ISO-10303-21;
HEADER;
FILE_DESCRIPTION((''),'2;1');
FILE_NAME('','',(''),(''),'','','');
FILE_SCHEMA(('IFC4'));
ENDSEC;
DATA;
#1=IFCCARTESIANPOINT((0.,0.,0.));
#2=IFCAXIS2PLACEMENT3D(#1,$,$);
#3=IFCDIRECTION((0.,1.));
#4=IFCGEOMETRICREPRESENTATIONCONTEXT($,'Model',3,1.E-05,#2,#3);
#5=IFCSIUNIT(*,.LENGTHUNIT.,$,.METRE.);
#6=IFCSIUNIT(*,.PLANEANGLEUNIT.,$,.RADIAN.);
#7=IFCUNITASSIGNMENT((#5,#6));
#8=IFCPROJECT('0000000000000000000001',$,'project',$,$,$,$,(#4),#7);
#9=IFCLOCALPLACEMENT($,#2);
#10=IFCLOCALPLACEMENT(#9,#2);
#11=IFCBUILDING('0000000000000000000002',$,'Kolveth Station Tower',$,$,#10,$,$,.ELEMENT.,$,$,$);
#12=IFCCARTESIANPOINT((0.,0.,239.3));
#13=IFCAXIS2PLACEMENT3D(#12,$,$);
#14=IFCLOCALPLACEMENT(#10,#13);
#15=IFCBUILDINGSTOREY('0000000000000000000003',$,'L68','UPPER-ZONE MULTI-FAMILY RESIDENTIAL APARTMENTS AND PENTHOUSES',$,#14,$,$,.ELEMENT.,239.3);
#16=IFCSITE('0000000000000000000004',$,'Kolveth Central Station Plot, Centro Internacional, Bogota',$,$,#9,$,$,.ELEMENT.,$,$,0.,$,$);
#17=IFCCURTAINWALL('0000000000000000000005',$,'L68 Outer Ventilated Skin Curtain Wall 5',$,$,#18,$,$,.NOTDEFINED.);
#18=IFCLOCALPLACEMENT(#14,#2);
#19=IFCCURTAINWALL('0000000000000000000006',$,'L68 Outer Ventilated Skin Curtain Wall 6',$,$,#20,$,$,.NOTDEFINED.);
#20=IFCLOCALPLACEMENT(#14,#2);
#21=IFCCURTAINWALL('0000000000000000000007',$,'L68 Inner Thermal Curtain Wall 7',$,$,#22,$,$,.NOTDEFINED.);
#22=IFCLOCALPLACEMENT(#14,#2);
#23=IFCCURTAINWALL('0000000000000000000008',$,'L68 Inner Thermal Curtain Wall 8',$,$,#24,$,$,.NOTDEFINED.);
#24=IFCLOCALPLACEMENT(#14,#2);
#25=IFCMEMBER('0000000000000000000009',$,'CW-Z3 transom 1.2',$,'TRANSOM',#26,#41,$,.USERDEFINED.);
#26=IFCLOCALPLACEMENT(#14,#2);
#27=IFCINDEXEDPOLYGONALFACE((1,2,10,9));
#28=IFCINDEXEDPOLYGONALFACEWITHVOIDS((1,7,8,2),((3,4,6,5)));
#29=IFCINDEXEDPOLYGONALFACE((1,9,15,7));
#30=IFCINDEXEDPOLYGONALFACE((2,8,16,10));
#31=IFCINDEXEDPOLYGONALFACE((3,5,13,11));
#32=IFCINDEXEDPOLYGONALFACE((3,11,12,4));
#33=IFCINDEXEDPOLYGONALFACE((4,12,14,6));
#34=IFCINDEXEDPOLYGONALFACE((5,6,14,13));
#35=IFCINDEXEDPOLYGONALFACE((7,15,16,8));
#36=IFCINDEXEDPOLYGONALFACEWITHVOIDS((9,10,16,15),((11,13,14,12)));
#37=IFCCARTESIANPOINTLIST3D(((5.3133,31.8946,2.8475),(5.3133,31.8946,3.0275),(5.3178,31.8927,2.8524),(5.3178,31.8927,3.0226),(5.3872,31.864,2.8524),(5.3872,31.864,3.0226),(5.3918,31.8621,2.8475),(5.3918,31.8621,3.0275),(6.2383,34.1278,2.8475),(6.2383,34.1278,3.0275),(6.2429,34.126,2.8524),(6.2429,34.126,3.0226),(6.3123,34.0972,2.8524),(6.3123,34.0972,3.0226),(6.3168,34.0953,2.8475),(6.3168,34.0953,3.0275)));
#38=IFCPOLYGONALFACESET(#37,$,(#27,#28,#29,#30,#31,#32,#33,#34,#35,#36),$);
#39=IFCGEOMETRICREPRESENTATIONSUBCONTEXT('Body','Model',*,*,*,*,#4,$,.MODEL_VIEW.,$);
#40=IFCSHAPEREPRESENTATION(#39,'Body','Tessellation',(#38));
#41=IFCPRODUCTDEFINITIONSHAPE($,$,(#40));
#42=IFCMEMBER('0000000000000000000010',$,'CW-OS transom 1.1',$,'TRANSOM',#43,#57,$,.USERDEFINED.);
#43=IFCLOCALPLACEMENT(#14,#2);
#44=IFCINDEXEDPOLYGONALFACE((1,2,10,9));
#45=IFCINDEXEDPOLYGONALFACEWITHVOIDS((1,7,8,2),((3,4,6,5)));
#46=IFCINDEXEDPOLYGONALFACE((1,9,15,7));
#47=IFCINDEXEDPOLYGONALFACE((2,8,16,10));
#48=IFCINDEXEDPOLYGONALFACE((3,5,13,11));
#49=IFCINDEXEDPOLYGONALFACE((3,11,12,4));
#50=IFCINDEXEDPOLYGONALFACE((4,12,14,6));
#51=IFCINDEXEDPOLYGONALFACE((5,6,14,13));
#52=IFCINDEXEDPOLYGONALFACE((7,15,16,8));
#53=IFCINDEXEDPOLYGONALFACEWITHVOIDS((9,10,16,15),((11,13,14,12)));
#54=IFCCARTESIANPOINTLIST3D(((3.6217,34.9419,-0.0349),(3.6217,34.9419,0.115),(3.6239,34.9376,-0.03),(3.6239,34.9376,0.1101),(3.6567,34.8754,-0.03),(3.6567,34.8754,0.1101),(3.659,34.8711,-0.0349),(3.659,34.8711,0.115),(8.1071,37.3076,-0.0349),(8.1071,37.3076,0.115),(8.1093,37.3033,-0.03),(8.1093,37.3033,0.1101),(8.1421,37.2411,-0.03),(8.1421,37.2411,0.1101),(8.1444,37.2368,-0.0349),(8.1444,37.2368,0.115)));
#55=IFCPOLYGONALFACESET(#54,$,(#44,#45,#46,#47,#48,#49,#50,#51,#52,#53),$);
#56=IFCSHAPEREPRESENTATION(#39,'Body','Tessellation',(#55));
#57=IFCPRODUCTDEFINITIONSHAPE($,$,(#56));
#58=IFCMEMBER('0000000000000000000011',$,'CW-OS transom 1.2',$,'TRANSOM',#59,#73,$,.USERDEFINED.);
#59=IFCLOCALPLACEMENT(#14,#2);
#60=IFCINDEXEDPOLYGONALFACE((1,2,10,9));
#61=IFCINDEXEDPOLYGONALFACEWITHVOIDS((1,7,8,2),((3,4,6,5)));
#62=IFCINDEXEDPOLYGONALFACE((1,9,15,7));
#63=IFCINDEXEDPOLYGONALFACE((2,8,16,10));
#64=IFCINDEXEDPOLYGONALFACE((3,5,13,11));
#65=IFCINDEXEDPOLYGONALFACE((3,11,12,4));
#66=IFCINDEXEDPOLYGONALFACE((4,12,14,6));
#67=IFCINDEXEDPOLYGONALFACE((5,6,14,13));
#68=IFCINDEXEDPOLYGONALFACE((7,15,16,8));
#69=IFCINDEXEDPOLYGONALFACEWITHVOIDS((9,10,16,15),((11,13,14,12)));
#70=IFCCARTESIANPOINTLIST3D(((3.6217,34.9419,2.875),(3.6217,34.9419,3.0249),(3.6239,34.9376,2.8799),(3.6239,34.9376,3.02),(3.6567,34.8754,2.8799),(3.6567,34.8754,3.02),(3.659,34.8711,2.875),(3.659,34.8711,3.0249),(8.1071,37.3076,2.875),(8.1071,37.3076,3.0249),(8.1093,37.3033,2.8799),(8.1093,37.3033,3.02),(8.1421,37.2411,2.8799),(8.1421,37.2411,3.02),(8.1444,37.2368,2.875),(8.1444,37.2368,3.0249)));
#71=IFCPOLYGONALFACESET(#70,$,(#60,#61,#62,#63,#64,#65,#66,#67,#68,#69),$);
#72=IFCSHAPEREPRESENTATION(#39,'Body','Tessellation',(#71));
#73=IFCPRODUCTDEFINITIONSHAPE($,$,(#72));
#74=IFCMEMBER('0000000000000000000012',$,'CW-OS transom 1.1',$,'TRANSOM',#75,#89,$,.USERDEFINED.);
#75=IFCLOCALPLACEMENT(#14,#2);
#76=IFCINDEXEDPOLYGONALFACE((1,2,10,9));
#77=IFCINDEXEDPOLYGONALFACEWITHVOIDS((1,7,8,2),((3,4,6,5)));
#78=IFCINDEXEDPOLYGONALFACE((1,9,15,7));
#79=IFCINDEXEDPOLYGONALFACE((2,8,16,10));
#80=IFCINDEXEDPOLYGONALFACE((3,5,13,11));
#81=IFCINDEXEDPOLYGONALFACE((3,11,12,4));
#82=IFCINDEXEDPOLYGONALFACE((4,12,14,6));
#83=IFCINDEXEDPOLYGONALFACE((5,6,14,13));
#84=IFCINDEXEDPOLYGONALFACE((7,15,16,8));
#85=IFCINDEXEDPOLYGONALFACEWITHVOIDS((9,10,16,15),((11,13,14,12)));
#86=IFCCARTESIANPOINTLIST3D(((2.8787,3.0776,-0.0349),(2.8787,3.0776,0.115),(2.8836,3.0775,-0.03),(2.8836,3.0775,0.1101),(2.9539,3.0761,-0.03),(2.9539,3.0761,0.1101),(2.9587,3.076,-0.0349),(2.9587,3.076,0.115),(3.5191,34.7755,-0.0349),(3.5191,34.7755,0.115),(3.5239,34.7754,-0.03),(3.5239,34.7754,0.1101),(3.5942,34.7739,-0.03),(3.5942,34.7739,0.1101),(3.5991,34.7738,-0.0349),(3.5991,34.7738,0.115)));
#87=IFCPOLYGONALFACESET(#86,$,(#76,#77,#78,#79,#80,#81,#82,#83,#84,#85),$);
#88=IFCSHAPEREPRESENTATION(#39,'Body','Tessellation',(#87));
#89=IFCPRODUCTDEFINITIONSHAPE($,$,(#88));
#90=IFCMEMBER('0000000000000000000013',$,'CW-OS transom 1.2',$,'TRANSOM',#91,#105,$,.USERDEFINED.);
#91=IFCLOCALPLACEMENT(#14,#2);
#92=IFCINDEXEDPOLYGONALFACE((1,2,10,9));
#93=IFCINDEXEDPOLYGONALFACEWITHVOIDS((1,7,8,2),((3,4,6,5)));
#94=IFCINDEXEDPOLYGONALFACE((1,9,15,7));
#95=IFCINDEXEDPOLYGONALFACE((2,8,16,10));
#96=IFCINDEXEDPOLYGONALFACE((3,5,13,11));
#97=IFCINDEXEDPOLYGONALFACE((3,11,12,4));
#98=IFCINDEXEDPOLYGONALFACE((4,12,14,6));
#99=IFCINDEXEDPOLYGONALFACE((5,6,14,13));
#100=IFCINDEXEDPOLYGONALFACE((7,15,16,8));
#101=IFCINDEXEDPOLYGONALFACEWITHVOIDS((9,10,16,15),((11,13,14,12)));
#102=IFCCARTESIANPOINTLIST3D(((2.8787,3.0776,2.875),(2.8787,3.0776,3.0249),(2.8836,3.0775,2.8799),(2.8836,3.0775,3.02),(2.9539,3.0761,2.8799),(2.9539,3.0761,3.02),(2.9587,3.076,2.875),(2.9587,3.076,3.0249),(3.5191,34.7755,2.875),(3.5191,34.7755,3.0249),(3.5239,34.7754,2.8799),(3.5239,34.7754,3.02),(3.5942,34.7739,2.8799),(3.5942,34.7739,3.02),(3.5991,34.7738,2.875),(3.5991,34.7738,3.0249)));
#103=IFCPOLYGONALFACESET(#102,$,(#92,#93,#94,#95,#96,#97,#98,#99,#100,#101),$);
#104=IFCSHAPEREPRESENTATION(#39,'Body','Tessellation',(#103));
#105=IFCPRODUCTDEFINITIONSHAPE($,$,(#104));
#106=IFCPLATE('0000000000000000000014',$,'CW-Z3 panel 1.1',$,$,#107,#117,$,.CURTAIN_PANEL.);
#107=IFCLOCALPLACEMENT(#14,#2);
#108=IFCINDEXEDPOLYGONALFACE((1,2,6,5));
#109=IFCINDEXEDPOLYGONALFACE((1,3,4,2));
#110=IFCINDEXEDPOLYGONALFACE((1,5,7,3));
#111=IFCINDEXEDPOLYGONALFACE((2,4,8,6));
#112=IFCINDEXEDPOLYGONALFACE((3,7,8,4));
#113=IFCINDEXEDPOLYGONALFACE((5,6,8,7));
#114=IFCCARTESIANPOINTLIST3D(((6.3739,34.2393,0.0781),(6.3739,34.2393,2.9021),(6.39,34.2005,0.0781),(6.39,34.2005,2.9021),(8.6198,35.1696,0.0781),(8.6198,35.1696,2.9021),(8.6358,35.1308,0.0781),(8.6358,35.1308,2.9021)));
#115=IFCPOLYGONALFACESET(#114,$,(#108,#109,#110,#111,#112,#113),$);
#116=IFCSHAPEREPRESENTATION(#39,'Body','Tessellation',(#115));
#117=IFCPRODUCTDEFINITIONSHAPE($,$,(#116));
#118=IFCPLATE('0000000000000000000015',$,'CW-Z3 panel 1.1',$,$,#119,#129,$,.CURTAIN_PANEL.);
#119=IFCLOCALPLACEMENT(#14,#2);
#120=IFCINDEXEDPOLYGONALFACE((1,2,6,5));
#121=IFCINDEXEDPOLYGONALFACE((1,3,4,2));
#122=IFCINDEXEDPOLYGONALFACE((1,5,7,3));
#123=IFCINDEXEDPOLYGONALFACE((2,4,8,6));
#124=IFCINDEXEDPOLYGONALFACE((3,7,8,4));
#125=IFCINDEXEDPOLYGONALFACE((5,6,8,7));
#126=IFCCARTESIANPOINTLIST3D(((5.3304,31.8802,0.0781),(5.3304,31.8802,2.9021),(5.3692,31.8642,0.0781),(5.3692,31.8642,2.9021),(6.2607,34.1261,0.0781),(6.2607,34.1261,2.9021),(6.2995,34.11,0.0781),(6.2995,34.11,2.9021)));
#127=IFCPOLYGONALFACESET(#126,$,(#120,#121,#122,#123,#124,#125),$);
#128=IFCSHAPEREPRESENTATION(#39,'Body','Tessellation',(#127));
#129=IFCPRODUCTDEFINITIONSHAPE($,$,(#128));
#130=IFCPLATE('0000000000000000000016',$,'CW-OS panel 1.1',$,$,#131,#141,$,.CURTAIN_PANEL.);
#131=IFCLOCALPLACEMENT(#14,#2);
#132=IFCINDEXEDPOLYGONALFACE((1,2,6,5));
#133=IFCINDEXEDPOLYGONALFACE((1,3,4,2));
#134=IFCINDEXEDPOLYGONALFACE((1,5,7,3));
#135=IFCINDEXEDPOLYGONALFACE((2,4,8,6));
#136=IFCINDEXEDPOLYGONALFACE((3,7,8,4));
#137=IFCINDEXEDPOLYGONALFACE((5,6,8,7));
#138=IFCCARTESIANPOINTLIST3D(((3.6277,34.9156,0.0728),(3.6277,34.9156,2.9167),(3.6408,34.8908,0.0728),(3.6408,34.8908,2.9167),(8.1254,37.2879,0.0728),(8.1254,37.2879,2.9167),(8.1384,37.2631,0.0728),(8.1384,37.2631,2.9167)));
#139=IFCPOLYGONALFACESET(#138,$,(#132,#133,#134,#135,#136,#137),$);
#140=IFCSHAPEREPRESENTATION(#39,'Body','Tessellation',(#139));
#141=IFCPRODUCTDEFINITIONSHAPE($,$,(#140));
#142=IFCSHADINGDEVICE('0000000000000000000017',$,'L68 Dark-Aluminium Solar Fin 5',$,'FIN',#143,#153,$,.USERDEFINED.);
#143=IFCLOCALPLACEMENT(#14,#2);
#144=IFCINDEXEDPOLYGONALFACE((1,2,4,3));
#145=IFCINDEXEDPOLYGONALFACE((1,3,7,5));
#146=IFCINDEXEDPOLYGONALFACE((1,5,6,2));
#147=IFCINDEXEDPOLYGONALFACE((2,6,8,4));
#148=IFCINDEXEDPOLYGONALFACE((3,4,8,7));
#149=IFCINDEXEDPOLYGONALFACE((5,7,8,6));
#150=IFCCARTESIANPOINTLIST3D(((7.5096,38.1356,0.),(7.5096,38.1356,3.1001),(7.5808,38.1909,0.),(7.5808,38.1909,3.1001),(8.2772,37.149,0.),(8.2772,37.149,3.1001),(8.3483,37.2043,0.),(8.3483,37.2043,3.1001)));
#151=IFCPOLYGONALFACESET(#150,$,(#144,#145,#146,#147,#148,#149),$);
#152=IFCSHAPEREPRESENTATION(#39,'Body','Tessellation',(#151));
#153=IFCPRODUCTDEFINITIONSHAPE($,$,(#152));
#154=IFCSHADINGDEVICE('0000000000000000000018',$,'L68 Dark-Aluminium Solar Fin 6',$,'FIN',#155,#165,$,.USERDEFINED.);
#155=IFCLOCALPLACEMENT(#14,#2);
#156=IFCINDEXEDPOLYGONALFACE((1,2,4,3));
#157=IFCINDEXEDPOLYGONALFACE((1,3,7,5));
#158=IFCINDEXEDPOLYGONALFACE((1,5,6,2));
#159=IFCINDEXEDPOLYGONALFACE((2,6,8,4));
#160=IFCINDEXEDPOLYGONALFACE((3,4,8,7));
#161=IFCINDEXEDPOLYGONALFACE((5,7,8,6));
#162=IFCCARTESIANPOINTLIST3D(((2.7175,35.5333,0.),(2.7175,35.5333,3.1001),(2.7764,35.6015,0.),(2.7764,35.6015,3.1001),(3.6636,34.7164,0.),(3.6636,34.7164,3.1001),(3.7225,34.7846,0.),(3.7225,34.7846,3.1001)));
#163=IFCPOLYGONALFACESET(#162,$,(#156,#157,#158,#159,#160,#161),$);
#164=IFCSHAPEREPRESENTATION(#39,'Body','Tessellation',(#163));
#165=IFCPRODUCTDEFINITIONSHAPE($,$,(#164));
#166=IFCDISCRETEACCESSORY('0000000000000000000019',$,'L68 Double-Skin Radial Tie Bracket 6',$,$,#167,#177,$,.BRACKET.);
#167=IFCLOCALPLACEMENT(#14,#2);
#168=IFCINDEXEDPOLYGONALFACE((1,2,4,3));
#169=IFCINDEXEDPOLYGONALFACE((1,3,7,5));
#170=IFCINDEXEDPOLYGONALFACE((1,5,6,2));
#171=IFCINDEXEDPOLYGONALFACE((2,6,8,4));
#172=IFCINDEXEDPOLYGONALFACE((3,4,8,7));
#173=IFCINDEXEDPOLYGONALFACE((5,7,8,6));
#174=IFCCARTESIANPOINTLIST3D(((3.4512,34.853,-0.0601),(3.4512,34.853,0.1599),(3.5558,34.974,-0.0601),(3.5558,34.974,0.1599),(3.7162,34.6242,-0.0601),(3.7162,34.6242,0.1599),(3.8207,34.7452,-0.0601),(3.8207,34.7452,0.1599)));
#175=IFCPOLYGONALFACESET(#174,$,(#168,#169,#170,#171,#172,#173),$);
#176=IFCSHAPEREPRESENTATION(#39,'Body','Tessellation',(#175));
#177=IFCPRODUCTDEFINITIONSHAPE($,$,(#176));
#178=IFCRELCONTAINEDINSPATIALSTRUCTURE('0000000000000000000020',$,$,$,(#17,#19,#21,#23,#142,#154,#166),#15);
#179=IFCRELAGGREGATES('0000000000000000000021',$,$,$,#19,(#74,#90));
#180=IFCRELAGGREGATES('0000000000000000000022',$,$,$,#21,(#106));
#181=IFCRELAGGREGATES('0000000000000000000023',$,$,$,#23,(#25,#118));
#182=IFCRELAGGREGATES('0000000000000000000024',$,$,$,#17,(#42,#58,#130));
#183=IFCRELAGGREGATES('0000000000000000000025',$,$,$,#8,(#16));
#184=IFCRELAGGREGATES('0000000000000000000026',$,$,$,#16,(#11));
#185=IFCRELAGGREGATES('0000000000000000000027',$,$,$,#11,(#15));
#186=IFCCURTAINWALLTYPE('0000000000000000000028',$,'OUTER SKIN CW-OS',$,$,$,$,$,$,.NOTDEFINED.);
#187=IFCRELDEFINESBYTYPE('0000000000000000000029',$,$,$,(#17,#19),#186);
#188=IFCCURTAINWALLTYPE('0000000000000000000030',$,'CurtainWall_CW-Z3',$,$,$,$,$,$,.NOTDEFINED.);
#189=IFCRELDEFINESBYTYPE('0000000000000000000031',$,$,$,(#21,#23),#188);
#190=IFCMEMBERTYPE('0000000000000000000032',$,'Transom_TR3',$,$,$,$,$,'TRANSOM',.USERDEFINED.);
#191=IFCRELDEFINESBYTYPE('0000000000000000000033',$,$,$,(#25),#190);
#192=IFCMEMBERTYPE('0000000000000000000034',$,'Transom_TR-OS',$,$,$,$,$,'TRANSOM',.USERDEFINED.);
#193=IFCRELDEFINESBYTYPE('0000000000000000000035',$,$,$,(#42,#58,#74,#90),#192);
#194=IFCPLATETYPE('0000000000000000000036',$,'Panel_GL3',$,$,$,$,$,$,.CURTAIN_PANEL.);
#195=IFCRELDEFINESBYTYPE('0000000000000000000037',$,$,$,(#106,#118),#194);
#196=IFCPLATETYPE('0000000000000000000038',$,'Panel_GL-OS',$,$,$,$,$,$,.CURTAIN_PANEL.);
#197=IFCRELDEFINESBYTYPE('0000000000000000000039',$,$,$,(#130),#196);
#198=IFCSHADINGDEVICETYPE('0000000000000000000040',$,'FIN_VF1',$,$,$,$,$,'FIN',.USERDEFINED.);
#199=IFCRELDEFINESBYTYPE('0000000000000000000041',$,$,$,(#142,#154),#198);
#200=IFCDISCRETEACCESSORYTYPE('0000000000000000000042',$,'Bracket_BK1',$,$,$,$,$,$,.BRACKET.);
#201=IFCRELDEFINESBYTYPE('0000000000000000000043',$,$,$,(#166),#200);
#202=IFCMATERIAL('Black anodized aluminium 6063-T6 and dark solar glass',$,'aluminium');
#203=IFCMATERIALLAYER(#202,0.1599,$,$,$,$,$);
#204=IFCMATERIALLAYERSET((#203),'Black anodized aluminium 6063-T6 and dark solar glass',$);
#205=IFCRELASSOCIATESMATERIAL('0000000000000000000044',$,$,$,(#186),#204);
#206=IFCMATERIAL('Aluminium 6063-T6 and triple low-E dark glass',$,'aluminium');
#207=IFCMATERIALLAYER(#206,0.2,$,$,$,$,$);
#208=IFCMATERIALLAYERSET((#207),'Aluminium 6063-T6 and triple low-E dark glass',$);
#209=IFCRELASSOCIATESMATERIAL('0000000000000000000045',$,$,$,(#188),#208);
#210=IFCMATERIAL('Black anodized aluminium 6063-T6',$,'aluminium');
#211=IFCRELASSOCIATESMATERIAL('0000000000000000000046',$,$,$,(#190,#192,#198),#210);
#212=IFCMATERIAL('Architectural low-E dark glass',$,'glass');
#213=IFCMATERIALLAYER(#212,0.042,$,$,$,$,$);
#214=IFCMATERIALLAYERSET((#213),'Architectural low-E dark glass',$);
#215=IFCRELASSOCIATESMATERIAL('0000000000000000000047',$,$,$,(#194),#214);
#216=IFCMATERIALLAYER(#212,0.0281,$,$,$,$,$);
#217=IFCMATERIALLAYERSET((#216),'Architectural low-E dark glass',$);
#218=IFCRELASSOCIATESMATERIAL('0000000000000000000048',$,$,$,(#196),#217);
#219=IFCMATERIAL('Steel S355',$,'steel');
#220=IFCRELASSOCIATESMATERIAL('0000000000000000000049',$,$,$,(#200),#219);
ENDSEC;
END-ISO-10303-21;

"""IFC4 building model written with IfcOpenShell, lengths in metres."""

from ifc_helpers import new_model, si_unit, direction, frame, origin, origin_2d, place, context, subcontext, project, spatial, rectangle, hollow_rectangle, extrude, source, transform, mapped, material, layer, layer_set, material_profile, profile_set, type_object, element, aggregate, save


model = new_model("IFC4")

# Units and contexts
model_context = context("Model", 3, precision=1e-05, world=origin(), true_north=direction((0.0, 1.0)))
body_context = subcontext(model_context, "Body", "Model", "MODEL_VIEW")
ifc_project = project(units=[si_unit("LENGTHUNIT", "METRE"), si_unit("PLANEANGLEUNIT", "RADIAN")], contexts=[model_context])

# Site, building, storey
site_placement = place(None, origin())
site = spatial("IfcSite", under=ifc_project, at=site_placement, Name="Kolveth Central Station Plot, Centro Internacional, Bogota", CompositionType="ELEMENT", RefElevation=0.0)
building_placement = place(site_placement, origin())
building = spatial("IfcBuilding", under=site, at=building_placement, Name="Kolveth Station Tower", CompositionType="ELEMENT")
storey_placement = place(building_placement, frame((0.0, 0.0, 239.3)))
storey = spatial("IfcBuildingStorey", under=building, at=storey_placement, Name="L68", Description="UPPER-ZONE MULTI-FAMILY RESIDENTIAL APARTMENTS AND PENTHOUSES", CompositionType="ELEMENT", Elevation=239.3)

# Curtain wall
ifc_material_1 = material(Name="Black anodized aluminium 6063-T6 and dark solar glass", Category="aluminium")
ifc_layer_1 = layer(ifc_material_1, 0.1599)
ifc_layer_set_1 = layer_set([ifc_layer_1], Name="Black anodized aluminium 6063-T6 and dark solar glass")
curtain_wall_type_1 = type_object("IfcCurtainWallType", Name="OUTER SKIN CW-OS", PredefinedType="NOTDEFINED", material=ifc_layer_set_1)
curtain_wall_1_placement = place(storey_placement, origin())
curtain_wall_1 = element("IfcCurtainWall", 1, at=curtain_wall_1_placement, inside=storey, type_object=curtain_wall_type_1, Name="L68 Outer Ventilated Skin Curtain Wall 5", PredefinedType="NOTDEFINED")
ifc_material_2 = material(Name="Black anodized aluminium 6063-T6", Category="aluminium")

# Curtain walls
curtain_wall_2_placement = place(storey_placement, origin())
curtain_wall_2 = element("IfcCurtainWall", 2, at=curtain_wall_2_placement, inside=storey, type_object=curtain_wall_type_1, Name="L68 Outer Ventilated Skin Curtain Wall 6", PredefinedType="NOTDEFINED")
ifc_material_3 = material(Name="Aluminium 6063-T6 and triple low-E dark glass", Category="aluminium")
ifc_layer_2 = layer(ifc_material_3, 0.2)
ifc_layer_set_2 = layer_set([ifc_layer_2], Name="Aluminium 6063-T6 and triple low-E dark glass")
curtain_wall_type_2 = type_object("IfcCurtainWallType", Name="CurtainWall_CW-Z3", PredefinedType="NOTDEFINED", material=ifc_layer_set_2)
curtain_wall_3_placement = place(storey_placement, origin())
curtain_wall_3 = element("IfcCurtainWall", 3, at=curtain_wall_3_placement, inside=storey, type_object=curtain_wall_type_2, Name="L68 Inner Thermal Curtain Wall 7", PredefinedType="NOTDEFINED")

# Curtain wall
curtain_wall_4_placement = place(storey_placement, origin())
curtain_wall_4 = element("IfcCurtainWall", 4, at=curtain_wall_4_placement, inside=storey, type_object=curtain_wall_type_2, Name="L68 Inner Thermal Curtain Wall 8", PredefinedType="NOTDEFINED")
ifc_material_profile_1 = material_profile(ifc_material_2, hollow_rectangle(XDim=0.085, YDim=0.1799, WallThickness=0.0049, at=origin_2d()), Name="ALU-85x180x5")
ifc_profile_set_1 = profile_set([ifc_material_profile_1], Name="Black anodized aluminium 6063-T6")
member_type_1 = type_object("IfcMemberType", Name="Transom_TR3", ElementType="TRANSOM", PredefinedType="USERDEFINED", material=ifc_profile_set_1)

# Members
shared_shape_1 = source(origin(), body_context, "Body", "SweptSolid", [
    extrude(hollow_rectangle(XDim=0.085, YDim=0.1799, WallThickness=0.0049, at=origin_2d()), origin(), (0.0, 0.0, 1.0), 2.4172),
])
member_1_placement = place(storey_placement, frame((6.2776, 34.1116, 2.9375), z_axis=(-0.3827, -0.923873, 0.0), x_axis=(0.923873, -0.3827, 0.0)))
member_1 = element("IfcMember", 5, at=member_1_placement, type_object=member_type_1, Name="CW-Z3 transom 1.2", ObjectType="TRANSOM", PredefinedType="USERDEFINED", context=body_context, shape_type="MappedRepresentation", body=[
    mapped(shared_shape_1, transform((0.0, 0.0, 0.0), x_axis=(1.0, 0.0, 0.0), y_axis=(0.0, 1.0, 0.0), z_axis=(0.0, 0.0, 1.0), scale=1.0)),
])
ifc_material_profile_2 = material_profile(ifc_material_2, hollow_rectangle(XDim=0.0801, YDim=0.1499, WallThickness=0.0049, at=origin_2d()), Name="ALU-80x150x5")
ifc_profile_set_2 = profile_set([ifc_material_profile_2], Name="Black anodized aluminium 6063-T6")
member_type_2 = type_object("IfcMemberType", Name="Transom_TR-OS", ElementType="TRANSOM", PredefinedType="USERDEFINED", material=ifc_profile_set_2)
shared_shape_2 = source(origin(), body_context, "Body", "SweptSolid", [
    extrude(hollow_rectangle(XDim=0.0801, YDim=0.1499, WallThickness=0.0049, at=origin_2d()), origin(), (0.0, 0.0, 1.0), 5.071),
])
member_2_placement = place(storey_placement, frame((8.1257, 37.2722, 0.04), z_axis=(-0.884511, -0.46652, 0.0), x_axis=(0.46652, -0.884511, 0.0)))
member_2 = element("IfcMember", 6, at=member_2_placement, type_object=member_type_2, Name="CW-OS transom 1.1", ObjectType="TRANSOM", PredefinedType="USERDEFINED", context=body_context, shape_type="MappedRepresentation", body=[
    mapped(shared_shape_2, transform((0.0, 0.0, 0.0), x_axis=(1.0, 0.0, 0.0), y_axis=(0.0, 1.0, 0.0), z_axis=(0.0, 0.0, 1.0), scale=1.0)),
])
member_3_placement = place(storey_placement, frame((8.1257, 37.2722, 2.95), z_axis=(-0.884511, -0.46652, 0.0), x_axis=(0.46652, -0.884511, 0.0)))
member_3 = element("IfcMember", 7, at=member_3_placement, type_object=member_type_2, Name="CW-OS transom 1.2", ObjectType="TRANSOM", PredefinedType="USERDEFINED", context=body_context, shape_type="MappedRepresentation", body=[
    mapped(shared_shape_2, transform((0.0, 0.0, 0.0), x_axis=(1.0, 0.0, 0.0), y_axis=(0.0, 1.0, 0.0), z_axis=(0.0, 0.0, 1.0), scale=1.0)),
])
shared_shape_3 = source(origin(), body_context, "Body", "SweptSolid", [
    extrude(hollow_rectangle(XDim=0.0801, YDim=0.1499, WallThickness=0.0049, at=origin_2d()), origin(), (0.0, 0.0, 1.0), 31.7043),
])
member_4_placement = place(storey_placement, frame((3.5591, 34.7747, 0.04), z_axis=(-0.020198, -0.999796, 0.0), x_axis=(0.999796, -0.020198, 0.0)))
member_4 = element("IfcMember", 8, at=member_4_placement, type_object=member_type_2, Name="CW-OS transom 1.1", ObjectType="TRANSOM", PredefinedType="USERDEFINED", context=body_context, shape_type="MappedRepresentation", body=[
    mapped(shared_shape_3, transform((0.0, 0.0, 0.0), x_axis=(1.0, 0.0, 0.0), y_axis=(0.0, 1.0, 0.0), z_axis=(0.0, 0.0, 1.0), scale=1.0)),
])
member_5_placement = place(storey_placement, frame((3.5591, 34.7747, 2.95), z_axis=(-0.020198, -0.999796, 0.0), x_axis=(0.999796, -0.020198, 0.0)))
member_5 = element("IfcMember", 9, at=member_5_placement, type_object=member_type_2, Name="CW-OS transom 1.2", ObjectType="TRANSOM", PredefinedType="USERDEFINED", context=body_context, shape_type="MappedRepresentation", body=[
    mapped(shared_shape_3, transform((0.0, 0.0, 0.0), x_axis=(1.0, 0.0, 0.0), y_axis=(0.0, 1.0, 0.0), z_axis=(0.0, 0.0, 1.0), scale=1.0)),
])
aggregate(curtain_wall_2, [member_4, member_5])

# Plates
ifc_material_4 = material(Name="Architectural low-E dark glass", Category="glass")
ifc_layer_3 = layer(ifc_material_4, 0.042)
ifc_layer_set_3 = layer_set([ifc_layer_3], Name="Architectural low-E dark glass")
plate_type_1 = type_object("IfcPlateType", Name="Panel_GL3", PredefinedType="CURTAIN_PANEL", material=ifc_layer_set_3)
shared_shape_4 = source(origin(), body_context, "Body", "SweptSolid", [
    extrude(rectangle(XDim=2.4309, YDim=0.042, at=origin_2d()), origin(), (0.0, 0.0, 1.0), 2.824),
])
plate_1_placement = place(storey_placement, frame((7.5049, 34.6851, 0.0781), z_axis=(0.0, 0.0, 1.0), x_axis=(-0.923875, -0.382693, 0.0)))
plate_1 = element("IfcPlate", 10, at=plate_1_placement, type_object=plate_type_1, Name="CW-Z3 panel 1.1", PredefinedType="CURTAIN_PANEL", context=body_context, shape_type="MappedRepresentation", body=[
    mapped(shared_shape_4, transform((0.0, 0.0, 0.0), x_axis=(1.0, 0.0, 0.0), y_axis=(0.0, 1.0, 0.0), z_axis=(0.0, 0.0, 1.0), scale=1.0)),
])
aggregate(curtain_wall_3, [plate_1])
plate_2_placement = place(storey_placement, frame((5.8149, 32.9951, 0.0781), z_axis=(0.0, 0.0, 1.0), x_axis=(-0.382693, -0.923875, 0.0)))
plate_2 = element("IfcPlate", 11, at=plate_2_placement, type_object=plate_type_1, Name="CW-Z3 panel 1.1", PredefinedType="CURTAIN_PANEL", context=body_context, shape_type="MappedRepresentation", body=[
    mapped(shared_shape_4, transform((0.0, 0.0, 0.0), x_axis=(1.0, 0.0, 0.0), y_axis=(0.0, 1.0, 0.0), z_axis=(0.0, 0.0, 1.0), scale=1.0)),
])
aggregate(curtain_wall_4, [member_1, plate_2])
ifc_layer_4 = layer(ifc_material_4, 0.0281)
ifc_layer_set_4 = layer_set([ifc_layer_4], Name="Architectural low-E dark glass")
plate_type_2 = type_object("IfcPlateType", Name="Panel_GL-OS", PredefinedType="CURTAIN_PANEL", material=ifc_layer_set_4)
shared_shape_5 = source(origin(), body_context, "Body", "SweptSolid", [
    extrude(rectangle(XDim=5.085, YDim=0.0281, at=origin_2d()), origin(), (0.0, 0.0, 1.0), 2.844),
])
plate_3_placement = place(storey_placement, frame((5.8831, 36.0894, 0.0728), z_axis=(0.0, 0.0, 1.0), x_axis=(-0.884508, -0.466526, 0.0)))
plate_3 = element("IfcPlate", 12, at=plate_3_placement, type_object=plate_type_2, Name="CW-OS panel 1.1", PredefinedType="CURTAIN_PANEL", context=body_context, shape_type="MappedRepresentation", body=[
    mapped(shared_shape_5, transform((0.0, 0.0, 0.0), x_axis=(1.0, 0.0, 0.0), y_axis=(0.0, 1.0, 0.0), z_axis=(0.0, 0.0, 1.0), scale=1.0)),
])
aggregate(curtain_wall_1, [member_2, member_3, plate_3])

# Shading devices
shading_device_type = type_object("IfcShadingDeviceType", Name="FIN_VF1", ElementType="FIN", PredefinedType="USERDEFINED", material=ifc_material_2)
shared_shape_6 = source(origin(), body_context, "Body", "SweptSolid", [
    extrude(rectangle(XDim=1.25, YDim=0.0901, at=origin_2d()), origin(), (0.0, 0.0, 1.0), 3.1001),
])
for number, where, z_axis, x_axis, name in (
    (13, (7.929, 37.6699, 0.0), (0.0, 0.0, 1.0), (-0.61401, 0.789298, 0.0), "L68 Dark-Aluminium Solar Fin 5"),
    (14, (3.22, 35.1589, 0.0), (0.0, 0.0, 1.0), (-0.756881, 0.653553, 0.0), "L68 Dark-Aluminium Solar Fin 6"),
):
    element("IfcShadingDevice", number, at=place(storey_placement, frame(where, z_axis=z_axis, x_axis=x_axis)), inside=storey, type_object=shading_device_type, Name=name, ObjectType="FIN", PredefinedType="USERDEFINED", context=body_context, shape_type="MappedRepresentation", body=[
        mapped(shared_shape_6, transform((0.0, 0.0, 0.0), x_axis=(1.0, 0.0, 0.0), y_axis=(0.0, 1.0, 0.0), z_axis=(0.0, 0.0, 1.0), scale=1.0)),
    ])

# Discrete accessory
ifc_material_5 = material(Name="Steel S355", Category="steel")
discrete_accessory_type = type_object("IfcDiscreteAccessoryType", Name="Bracket_BK1", PredefinedType="BRACKET", material=ifc_material_5)
shared_shape_7 = source(origin(), body_context, "Body", "SweptSolid", [
    extrude(rectangle(XDim=0.3501, YDim=0.1599, at=origin_2d()), origin(), (0.0, 0.0, 1.0), 0.22),
])
discrete_accessory_placement = place(storey_placement, frame((3.636, 34.7991, -0.0601), z_axis=(0.0, 0.0, 1.0), x_axis=(-0.756881, 0.653553, 0.0)))
element("IfcDiscreteAccessory", 15, at=discrete_accessory_placement, inside=storey, type_object=discrete_accessory_type, Name="L68 Double-Skin Radial Tie Bracket 6", PredefinedType="BRACKET", context=body_context, shape_type="MappedRepresentation", body=[
    mapped(shared_shape_7, transform((0.0, 0.0, 0.0), x_axis=(1.0, 0.0, 0.0), y_axis=(0.0, 1.0, 0.0), z_axis=(0.0, 0.0, 1.0), scale=1.0)),
])

save(model, "model.ifc")
